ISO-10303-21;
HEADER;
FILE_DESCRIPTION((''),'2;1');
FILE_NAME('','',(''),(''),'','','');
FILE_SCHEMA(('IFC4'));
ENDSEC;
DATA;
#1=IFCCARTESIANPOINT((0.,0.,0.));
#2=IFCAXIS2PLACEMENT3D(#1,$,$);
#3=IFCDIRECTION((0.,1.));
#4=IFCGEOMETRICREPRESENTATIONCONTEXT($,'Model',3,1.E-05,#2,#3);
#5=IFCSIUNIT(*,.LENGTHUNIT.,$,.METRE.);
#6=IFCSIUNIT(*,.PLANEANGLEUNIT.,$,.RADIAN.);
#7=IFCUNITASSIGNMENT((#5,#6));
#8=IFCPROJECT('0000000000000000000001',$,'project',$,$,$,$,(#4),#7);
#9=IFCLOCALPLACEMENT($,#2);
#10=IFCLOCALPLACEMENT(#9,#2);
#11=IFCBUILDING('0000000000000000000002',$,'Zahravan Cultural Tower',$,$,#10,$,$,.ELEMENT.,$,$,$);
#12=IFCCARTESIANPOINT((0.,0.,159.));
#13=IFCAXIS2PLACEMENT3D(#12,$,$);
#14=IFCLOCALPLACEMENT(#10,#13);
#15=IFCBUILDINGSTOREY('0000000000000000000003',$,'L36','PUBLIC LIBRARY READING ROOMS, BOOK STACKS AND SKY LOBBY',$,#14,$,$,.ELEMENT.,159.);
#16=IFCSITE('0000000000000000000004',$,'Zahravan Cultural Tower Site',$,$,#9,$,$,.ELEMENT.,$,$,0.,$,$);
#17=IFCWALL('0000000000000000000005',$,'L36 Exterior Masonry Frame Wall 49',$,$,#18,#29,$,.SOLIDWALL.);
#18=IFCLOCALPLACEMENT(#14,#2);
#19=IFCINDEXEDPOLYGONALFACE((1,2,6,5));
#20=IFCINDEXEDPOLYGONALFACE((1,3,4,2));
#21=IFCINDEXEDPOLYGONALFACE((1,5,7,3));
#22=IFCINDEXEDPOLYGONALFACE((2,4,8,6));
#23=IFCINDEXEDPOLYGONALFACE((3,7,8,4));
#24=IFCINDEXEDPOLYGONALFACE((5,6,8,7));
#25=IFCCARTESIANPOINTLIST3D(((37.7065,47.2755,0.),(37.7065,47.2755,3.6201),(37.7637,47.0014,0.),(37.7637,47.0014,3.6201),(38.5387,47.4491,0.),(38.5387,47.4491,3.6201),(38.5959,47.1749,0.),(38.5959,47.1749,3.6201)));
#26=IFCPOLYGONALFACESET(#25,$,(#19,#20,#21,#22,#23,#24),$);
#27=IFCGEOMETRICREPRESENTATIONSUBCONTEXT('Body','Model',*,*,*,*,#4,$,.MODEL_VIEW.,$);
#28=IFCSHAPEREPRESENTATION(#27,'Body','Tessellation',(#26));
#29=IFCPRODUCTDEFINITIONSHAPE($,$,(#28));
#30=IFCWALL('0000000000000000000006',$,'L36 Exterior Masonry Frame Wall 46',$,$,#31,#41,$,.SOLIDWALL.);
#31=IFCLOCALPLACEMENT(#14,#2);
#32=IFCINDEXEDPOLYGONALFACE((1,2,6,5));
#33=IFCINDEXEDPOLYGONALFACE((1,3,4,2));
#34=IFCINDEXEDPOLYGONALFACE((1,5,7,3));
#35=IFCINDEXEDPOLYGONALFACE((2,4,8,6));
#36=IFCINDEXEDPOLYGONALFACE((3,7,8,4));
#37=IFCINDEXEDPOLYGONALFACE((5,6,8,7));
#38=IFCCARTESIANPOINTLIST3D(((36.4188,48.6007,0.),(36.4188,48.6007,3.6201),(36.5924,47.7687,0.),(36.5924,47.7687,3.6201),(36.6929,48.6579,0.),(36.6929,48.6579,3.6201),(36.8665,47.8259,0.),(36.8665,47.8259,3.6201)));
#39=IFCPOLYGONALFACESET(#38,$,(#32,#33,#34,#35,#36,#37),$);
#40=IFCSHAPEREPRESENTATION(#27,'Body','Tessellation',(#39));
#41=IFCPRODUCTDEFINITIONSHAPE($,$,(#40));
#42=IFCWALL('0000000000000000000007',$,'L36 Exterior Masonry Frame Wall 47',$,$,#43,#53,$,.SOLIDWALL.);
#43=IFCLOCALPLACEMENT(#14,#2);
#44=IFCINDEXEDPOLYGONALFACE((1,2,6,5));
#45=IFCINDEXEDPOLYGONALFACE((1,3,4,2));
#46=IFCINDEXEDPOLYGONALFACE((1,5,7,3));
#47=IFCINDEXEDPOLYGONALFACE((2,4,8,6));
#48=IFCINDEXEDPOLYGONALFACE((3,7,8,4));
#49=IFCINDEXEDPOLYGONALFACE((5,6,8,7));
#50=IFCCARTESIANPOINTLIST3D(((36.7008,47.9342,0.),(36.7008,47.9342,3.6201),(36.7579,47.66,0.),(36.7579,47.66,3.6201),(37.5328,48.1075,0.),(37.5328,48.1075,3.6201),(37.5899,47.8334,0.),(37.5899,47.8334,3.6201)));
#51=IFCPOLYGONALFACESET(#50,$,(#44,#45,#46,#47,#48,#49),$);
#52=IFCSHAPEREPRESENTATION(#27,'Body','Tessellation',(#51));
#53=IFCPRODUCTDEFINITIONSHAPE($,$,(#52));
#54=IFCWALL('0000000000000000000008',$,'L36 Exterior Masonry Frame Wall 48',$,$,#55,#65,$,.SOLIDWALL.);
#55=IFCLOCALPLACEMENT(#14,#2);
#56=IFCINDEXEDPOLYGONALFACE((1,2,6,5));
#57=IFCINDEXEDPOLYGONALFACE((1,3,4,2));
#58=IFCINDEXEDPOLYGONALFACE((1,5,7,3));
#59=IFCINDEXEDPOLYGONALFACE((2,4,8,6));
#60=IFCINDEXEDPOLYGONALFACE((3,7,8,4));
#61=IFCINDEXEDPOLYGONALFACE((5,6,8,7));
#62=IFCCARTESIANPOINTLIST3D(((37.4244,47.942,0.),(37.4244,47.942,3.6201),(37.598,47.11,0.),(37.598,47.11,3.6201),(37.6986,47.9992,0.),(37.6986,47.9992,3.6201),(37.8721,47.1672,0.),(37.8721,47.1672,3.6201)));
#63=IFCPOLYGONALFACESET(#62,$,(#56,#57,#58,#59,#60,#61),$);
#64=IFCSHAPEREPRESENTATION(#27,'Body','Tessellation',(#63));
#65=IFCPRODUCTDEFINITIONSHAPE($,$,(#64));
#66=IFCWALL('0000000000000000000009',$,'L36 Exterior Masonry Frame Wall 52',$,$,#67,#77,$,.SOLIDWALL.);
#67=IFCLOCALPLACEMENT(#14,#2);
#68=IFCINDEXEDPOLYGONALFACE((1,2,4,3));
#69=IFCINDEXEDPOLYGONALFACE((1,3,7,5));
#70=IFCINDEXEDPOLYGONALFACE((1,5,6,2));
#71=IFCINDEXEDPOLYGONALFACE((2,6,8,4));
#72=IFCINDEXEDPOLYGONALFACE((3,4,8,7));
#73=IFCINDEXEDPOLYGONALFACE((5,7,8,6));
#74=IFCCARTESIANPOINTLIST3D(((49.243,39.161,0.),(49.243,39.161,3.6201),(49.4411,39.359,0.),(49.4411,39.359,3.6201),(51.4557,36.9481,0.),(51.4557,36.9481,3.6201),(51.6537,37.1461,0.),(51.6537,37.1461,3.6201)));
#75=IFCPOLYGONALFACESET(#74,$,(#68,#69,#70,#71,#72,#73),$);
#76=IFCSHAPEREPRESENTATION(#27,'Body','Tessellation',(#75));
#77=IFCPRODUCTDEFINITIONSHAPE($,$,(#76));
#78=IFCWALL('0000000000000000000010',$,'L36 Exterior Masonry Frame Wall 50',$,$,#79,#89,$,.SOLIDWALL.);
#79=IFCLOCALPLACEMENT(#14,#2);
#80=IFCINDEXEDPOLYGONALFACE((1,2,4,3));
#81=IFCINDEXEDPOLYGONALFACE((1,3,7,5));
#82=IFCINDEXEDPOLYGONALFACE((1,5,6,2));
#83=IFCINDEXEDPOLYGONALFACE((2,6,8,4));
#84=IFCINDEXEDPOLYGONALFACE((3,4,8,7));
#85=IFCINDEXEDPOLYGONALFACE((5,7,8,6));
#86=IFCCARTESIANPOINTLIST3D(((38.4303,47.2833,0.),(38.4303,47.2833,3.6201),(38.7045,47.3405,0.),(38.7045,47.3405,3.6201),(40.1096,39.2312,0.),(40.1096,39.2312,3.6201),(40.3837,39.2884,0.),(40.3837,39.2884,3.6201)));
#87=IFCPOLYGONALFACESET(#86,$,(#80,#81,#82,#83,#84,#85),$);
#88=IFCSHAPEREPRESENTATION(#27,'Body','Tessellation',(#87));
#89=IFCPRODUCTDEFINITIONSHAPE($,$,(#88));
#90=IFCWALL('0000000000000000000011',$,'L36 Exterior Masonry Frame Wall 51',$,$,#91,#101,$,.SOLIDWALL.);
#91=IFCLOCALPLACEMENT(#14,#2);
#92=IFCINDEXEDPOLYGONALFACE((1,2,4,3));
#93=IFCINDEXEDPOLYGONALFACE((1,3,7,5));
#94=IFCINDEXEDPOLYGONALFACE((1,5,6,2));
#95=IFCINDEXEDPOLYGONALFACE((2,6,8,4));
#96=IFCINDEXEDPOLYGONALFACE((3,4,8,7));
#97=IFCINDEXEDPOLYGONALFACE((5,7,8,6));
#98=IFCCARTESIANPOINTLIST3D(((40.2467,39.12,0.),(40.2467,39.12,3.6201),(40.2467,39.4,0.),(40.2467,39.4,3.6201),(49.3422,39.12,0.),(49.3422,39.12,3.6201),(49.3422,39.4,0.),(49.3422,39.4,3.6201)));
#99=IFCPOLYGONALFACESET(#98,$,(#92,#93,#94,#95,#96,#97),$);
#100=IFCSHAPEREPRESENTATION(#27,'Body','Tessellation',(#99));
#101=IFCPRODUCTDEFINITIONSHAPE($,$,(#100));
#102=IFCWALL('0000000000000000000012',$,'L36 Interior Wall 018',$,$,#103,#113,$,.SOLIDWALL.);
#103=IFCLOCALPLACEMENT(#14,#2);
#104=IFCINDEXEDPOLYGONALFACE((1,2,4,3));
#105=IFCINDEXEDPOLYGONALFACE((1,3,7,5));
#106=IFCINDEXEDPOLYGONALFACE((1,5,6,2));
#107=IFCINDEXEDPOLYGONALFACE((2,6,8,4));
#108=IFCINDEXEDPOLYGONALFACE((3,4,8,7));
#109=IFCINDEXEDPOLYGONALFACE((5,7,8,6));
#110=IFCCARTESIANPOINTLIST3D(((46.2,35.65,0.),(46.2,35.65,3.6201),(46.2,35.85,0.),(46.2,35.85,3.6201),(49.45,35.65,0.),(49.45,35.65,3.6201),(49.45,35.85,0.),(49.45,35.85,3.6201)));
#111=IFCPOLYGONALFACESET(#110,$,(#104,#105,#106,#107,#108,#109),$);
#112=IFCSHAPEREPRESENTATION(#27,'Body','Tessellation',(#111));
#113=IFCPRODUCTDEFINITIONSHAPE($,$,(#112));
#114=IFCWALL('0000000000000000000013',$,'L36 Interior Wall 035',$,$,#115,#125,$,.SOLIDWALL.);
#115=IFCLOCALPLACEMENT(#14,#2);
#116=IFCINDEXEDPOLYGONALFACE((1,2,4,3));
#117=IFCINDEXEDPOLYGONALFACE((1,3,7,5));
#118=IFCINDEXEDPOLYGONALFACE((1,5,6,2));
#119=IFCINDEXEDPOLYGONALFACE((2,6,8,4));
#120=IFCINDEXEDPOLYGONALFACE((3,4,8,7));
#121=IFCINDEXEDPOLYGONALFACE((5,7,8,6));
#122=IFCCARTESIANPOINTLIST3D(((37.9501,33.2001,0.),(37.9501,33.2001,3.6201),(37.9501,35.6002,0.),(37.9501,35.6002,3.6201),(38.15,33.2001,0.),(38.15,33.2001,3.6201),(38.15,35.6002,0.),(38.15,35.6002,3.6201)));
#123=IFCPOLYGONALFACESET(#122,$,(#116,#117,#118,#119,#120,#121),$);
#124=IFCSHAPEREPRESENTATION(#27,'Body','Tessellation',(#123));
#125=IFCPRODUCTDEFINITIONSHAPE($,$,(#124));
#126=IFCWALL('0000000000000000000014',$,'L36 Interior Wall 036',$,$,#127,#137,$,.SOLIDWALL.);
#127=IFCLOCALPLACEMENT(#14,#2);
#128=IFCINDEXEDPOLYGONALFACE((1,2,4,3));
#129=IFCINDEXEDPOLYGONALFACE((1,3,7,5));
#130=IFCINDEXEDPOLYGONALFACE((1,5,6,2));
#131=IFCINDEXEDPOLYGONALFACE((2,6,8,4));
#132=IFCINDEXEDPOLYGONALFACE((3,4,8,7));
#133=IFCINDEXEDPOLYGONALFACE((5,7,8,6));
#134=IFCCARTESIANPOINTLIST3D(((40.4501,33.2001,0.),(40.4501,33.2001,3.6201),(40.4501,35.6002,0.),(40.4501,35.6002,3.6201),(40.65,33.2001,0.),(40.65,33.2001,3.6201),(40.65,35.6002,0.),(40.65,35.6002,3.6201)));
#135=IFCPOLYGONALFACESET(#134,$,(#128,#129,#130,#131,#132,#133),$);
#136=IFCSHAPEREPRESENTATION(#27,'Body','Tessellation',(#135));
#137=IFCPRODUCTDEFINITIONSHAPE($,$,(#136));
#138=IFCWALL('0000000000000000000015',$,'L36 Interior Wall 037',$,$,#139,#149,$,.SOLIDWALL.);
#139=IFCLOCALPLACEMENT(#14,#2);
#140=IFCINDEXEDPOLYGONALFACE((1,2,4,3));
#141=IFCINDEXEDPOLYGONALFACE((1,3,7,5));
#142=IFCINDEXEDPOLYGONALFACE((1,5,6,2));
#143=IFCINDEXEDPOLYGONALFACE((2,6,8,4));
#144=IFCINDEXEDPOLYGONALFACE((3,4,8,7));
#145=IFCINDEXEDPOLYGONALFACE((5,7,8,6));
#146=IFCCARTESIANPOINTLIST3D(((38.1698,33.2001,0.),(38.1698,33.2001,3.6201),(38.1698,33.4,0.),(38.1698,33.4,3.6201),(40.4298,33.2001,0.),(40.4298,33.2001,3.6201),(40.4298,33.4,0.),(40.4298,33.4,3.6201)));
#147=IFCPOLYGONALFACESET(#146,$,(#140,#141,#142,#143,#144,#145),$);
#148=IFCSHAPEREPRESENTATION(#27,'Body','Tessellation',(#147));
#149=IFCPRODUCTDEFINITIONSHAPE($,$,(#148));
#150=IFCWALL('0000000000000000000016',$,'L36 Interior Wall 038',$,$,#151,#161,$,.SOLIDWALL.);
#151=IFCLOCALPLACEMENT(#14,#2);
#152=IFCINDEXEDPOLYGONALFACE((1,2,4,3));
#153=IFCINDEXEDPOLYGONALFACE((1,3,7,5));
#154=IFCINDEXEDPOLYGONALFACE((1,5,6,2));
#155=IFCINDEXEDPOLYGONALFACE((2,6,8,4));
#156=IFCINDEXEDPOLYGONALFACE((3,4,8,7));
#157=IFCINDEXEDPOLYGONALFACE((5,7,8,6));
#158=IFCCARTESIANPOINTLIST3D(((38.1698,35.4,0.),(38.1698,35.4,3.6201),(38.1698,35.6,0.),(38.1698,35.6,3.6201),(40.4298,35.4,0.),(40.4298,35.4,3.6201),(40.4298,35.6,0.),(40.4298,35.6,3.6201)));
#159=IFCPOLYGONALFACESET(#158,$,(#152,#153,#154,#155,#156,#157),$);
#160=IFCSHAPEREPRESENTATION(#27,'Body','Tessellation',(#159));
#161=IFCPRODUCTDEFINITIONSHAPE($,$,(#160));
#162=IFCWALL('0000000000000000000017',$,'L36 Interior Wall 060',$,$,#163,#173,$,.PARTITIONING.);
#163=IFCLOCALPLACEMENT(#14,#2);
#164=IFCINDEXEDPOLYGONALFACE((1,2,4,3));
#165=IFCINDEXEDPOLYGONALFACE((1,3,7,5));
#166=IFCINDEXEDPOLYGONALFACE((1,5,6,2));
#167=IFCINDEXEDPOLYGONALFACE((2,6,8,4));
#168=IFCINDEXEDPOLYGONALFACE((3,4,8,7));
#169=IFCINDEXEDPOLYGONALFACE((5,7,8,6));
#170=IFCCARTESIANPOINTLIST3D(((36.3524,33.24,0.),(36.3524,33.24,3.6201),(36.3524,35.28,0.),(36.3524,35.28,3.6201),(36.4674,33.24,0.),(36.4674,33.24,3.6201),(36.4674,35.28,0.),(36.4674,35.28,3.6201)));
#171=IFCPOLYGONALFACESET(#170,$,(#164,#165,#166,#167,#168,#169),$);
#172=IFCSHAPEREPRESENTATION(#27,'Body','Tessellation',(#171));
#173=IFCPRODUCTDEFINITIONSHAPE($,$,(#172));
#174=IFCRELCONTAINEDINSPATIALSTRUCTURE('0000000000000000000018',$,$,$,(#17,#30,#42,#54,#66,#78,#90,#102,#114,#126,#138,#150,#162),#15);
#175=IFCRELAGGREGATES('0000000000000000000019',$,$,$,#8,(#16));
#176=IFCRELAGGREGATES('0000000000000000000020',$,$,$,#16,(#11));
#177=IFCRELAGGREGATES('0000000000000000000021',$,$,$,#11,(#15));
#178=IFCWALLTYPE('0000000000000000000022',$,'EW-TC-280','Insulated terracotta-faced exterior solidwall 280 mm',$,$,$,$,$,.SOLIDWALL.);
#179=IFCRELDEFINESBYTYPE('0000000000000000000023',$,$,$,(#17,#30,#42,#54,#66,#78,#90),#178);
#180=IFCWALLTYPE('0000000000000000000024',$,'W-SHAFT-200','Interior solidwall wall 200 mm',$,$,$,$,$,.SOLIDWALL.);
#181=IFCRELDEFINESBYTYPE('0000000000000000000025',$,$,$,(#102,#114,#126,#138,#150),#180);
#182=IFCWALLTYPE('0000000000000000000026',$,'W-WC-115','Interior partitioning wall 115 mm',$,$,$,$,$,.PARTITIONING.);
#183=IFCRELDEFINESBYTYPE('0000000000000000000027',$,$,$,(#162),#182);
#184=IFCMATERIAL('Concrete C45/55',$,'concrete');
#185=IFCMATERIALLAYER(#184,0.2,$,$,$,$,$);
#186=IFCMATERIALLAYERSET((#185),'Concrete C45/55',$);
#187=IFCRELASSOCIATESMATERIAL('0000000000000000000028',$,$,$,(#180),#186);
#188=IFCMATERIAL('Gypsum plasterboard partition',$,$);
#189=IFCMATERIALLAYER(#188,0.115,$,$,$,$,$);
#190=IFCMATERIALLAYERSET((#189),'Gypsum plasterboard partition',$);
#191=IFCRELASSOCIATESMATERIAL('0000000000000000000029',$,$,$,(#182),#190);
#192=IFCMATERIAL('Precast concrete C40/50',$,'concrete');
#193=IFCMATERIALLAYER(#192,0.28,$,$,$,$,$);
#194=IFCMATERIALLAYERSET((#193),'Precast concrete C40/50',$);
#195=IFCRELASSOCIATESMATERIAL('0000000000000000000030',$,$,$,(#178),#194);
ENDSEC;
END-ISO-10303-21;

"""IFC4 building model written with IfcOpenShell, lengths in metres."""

from ifc_helpers import new_model, si_unit, direction, frame, frame_2d, origin, place, context, subcontext, project, spatial, rectangle, extrude, source, transform, mapped, material, layer, layer_set, type_object, element, save


model = new_model("IFC4")

# Units and contexts
model_context = context("Model", 3, precision=1e-05, world=origin(), true_north=direction((0.0, 1.0)))
body_context = subcontext(model_context, "Body", "Model", "MODEL_VIEW")
ifc_project = project(units=[si_unit("LENGTHUNIT", "METRE"), si_unit("PLANEANGLEUNIT", "RADIAN")], contexts=[model_context])

# Site, building, storey
site_placement = place(None, origin())
site = spatial("IfcSite", under=ifc_project, at=site_placement, Name="Zahravan Cultural Tower Site", CompositionType="ELEMENT", RefElevation=0.0)
building_placement = place(site_placement, origin())
building = spatial("IfcBuilding", under=site, at=building_placement, Name="Zahravan Cultural Tower", CompositionType="ELEMENT")
storey_placement = place(building_placement, frame((0.0, 0.0, 159.0)))
storey = spatial("IfcBuildingStorey", under=building, at=storey_placement, Name="L36", Description="PUBLIC LIBRARY READING ROOMS, BOOK STACKS AND SKY LOBBY", CompositionType="ELEMENT", Elevation=159.0)

# Shared definitions
ifc_material_1 = material(Name="Gypsum plasterboard partition")
ifc_material_2 = material(Name="Concrete C45/55", Category="concrete")
ifc_layer_1 = layer(ifc_material_2, 0.2)
ifc_layer_set_1 = layer_set([ifc_layer_1], Name="Concrete C45/55")
wall_type_1 = type_object("IfcWallType", Name="W-SHAFT-200", Description="Interior solidwall wall 200 mm", PredefinedType="SOLIDWALL", material=ifc_layer_set_1)
ifc_layer_2 = layer(ifc_material_1, 0.115)
ifc_layer_set_2 = layer_set([ifc_layer_2], Name="Gypsum plasterboard partition")
wall_type_2 = type_object("IfcWallType", Name="W-WC-115", Description="Interior partitioning wall 115 mm", PredefinedType="PARTITIONING", material=ifc_layer_set_2)

# Walls
ifc_material_3 = material(Name="Precast concrete C40/50", Category="concrete")
ifc_layer_3 = layer(ifc_material_3, 0.28)
ifc_layer_set_3 = layer_set([ifc_layer_3], Name="Precast concrete C40/50")
wall_type_3 = type_object("IfcWallType", Name="EW-TC-280", Description="Insulated terracotta-faced exterior solidwall 280 mm", PredefinedType="SOLIDWALL", material=ifc_layer_set_3)
shared_shape_1 = source(origin(), body_context, "Body", "SweptSolid", [
    extrude(rectangle(XDim=0.8501, YDim=0.28, at=frame_2d((0.425, 0.0))), origin(), (0.0, 0.0, 1.0), 3.6201),
])
wall_1_placement = place(storey_placement, frame((37.7351, 47.1384, 0.0), z_axis=(0.0, 0.0, 1.0), x_axis=(0.978935, 0.204172, 0.0)))
element("IfcWall", 1, at=wall_1_placement, inside=storey, type_object=wall_type_3, Name="L36 Exterior Masonry Frame Wall 49", PredefinedType="SOLIDWALL", context=body_context, shape_type="MappedRepresentation", body=[
    mapped(shared_shape_1, transform((0.0, 0.0, 0.0), x_axis=(1.0, 0.0, 0.0), y_axis=(0.0, 1.0, 0.0), z_axis=(0.0, 0.0, 1.0), scale=1.0)),
])
shared_shape_2 = source(origin(), body_context, "Body", "SweptSolid", [
    extrude(rectangle(XDim=0.8499, YDim=0.28, at=frame_2d((0.4248, 0.0))), origin(), (0.0, 0.0, 1.0), 3.6201),
])
for number, where, z_axis, x_axis, name in (
    (2, (36.5559, 48.6292, 0.0), (0.0, 0.0, 1.0), (0.20423, -0.978923, 0.0), "L36 Exterior Masonry Frame Wall 46"),
    (3, (36.7295, 47.7971, 0.0), (0.0, 0.0, 1.0), (0.97898, 0.203954, 0.0), "L36 Exterior Masonry Frame Wall 47"),
    (4, (37.5615, 47.9705, 0.0), (0.0, 0.0, 1.0), (0.20423, -0.978923, 0.0), "L36 Exterior Masonry Frame Wall 48"),
):
    element("IfcWall", number, at=place(storey_placement, frame(where, z_axis=z_axis, x_axis=x_axis)), inside=storey, type_object=wall_type_3, Name=name, PredefinedType="SOLIDWALL", context=body_context, shape_type="MappedRepresentation", body=[
        mapped(shared_shape_2, transform((0.0, 0.0, 0.0), x_axis=(1.0, 0.0, 0.0), y_axis=(0.0, 1.0, 0.0), z_axis=(0.0, 0.0, 1.0), scale=1.0)),
    ])
shared_shape_3 = source(origin(), body_context, "Body", "SweptSolid", [
    extrude(rectangle(XDim=3.1294, YDim=0.28, at=frame_2d((1.5647, 0.0))), origin(), (0.0, 0.0, 1.0), 3.6201),
])
wall_2_placement = place(storey_placement, frame((49.342, 39.26, 0.0), z_axis=(0.0, 0.0, 1.0), x_axis=(0.707068, -0.707146, 0.0)))
element("IfcWall", 5, at=wall_2_placement, inside=storey, type_object=wall_type_3, Name="L36 Exterior Masonry Frame Wall 52", PredefinedType="SOLIDWALL", context=body_context, shape_type="MappedRepresentation", body=[
    mapped(shared_shape_3, transform((0.0, 0.0, 0.0), x_axis=(1.0, 0.0, 0.0), y_axis=(0.0, 1.0, 0.0), z_axis=(0.0, 0.0, 1.0), scale=1.0)),
])
shared_shape_4 = source(origin(), body_context, "Body", "SweptSolid", [
    extrude(rectangle(XDim=8.2253, YDim=0.28, at=frame_2d((4.1128, 0.0))), origin(), (0.0, 0.0, 1.0), 3.6201),
])
wall_3_placement = place(storey_placement, frame((38.5674, 47.312, 0.0), z_axis=(0.0, 0.0, 1.0), x_axis=(0.204152, -0.978939, 0.0)))
element("IfcWall", 6, at=wall_3_placement, inside=storey, type_object=wall_type_3, Name="L36 Exterior Masonry Frame Wall 50", PredefinedType="SOLIDWALL", context=body_context, shape_type="MappedRepresentation", body=[
    mapped(shared_shape_4, transform((0.0, 0.0, 0.0), x_axis=(1.0, 0.0, 0.0), y_axis=(0.0, 1.0, 0.0), z_axis=(0.0, 0.0, 1.0), scale=1.0)),
])
shared_shape_5 = source(origin(), body_context, "Body", "SweptSolid", [
    extrude(rectangle(XDim=9.0955, YDim=0.28, at=frame_2d((4.5479, 0.0))), origin(), (0.0, 0.0, 1.0), 3.6201),
])
wall_4_placement = place(storey_placement, frame((40.2466, 39.26, 0.0), z_axis=(0.0, 0.0, 1.0), x_axis=(1.0, 0.0, 0.0)))
element("IfcWall", 7, at=wall_4_placement, inside=storey, type_object=wall_type_3, Name="L36 Exterior Masonry Frame Wall 51", PredefinedType="SOLIDWALL", context=body_context, shape_type="MappedRepresentation", body=[
    mapped(shared_shape_5, transform((0.0, 0.0, 0.0), x_axis=(1.0, 0.0, 0.0), y_axis=(0.0, 1.0, 0.0), z_axis=(0.0, 0.0, 1.0), scale=1.0)),
])
shared_shape_6 = source(origin(), body_context, "Body", "SweptSolid", [
    extrude(rectangle(XDim=3.25, YDim=0.2, at=frame_2d((1.625, 0.0))), origin(), (0.0, 0.0, 1.0), 3.6201),
])
wall_5_placement = place(storey_placement, frame((46.2, 35.75, 0.0), z_axis=(0.0, 0.0, 1.0), x_axis=(1.0, 0.0, 0.0)))
element("IfcWall", 8, at=wall_5_placement, inside=storey, type_object=wall_type_1, Name="L36 Interior Wall 018", PredefinedType="SOLIDWALL", context=body_context, shape_type="MappedRepresentation", body=[
    mapped(shared_shape_6, transform((0.0, 0.0, 0.0), x_axis=(1.0, 0.0, 0.0), y_axis=(0.0, 1.0, 0.0), z_axis=(0.0, 0.0, 1.0), scale=1.0)),
])
shared_shape_7 = source(origin(), body_context, "Body", "SweptSolid", [
    extrude(rectangle(XDim=2.4001, YDim=0.2, at=frame_2d((1.2002, 0.0))), origin(), (0.0, 0.0, 1.0), 3.6201),
])
for number, where, z_axis, x_axis, name in (
    (9, (38.05, 33.2, 0.0), (0.0, 0.0, 1.0), (0.0, 1.0, 0.0), "L36 Interior Wall 035"),
    (10, (40.55, 33.2, 0.0), (0.0, 0.0, 1.0), (0.0, 1.0, 0.0), "L36 Interior Wall 036"),
):
    element("IfcWall", number, at=place(storey_placement, frame(where, z_axis=z_axis, x_axis=x_axis)), inside=storey, type_object=wall_type_1, Name=name, PredefinedType="SOLIDWALL", context=body_context, shape_type="MappedRepresentation", body=[
        mapped(shared_shape_7, transform((0.0, 0.0, 0.0), x_axis=(1.0, 0.0, 0.0), y_axis=(0.0, 1.0, 0.0), z_axis=(0.0, 0.0, 1.0), scale=1.0)),
    ])
shared_shape_8 = source(origin(), body_context, "Body", "SweptSolid", [
    extrude(rectangle(XDim=2.26, YDim=0.2, at=frame_2d((1.1299, 0.0))), origin(), (0.0, 0.0, 1.0), 3.6201),
])
for number, where, z_axis, x_axis, name in (
    (11, (38.1699, 33.3, 0.0), (0.0, 0.0, 1.0), (1.0, 0.0, 0.0), "L36 Interior Wall 037"),
    (12, (38.1699, 35.5, 0.0), (0.0, 0.0, 1.0), (1.0, 0.0, 0.0), "L36 Interior Wall 038"),
):
    element("IfcWall", number, at=place(storey_placement, frame(where, z_axis=z_axis, x_axis=x_axis)), inside=storey, type_object=wall_type_1, Name=name, PredefinedType="SOLIDWALL", context=body_context, shape_type="MappedRepresentation", body=[
        mapped(shared_shape_8, transform((0.0, 0.0, 0.0), x_axis=(1.0, 0.0, 0.0), y_axis=(0.0, 1.0, 0.0), z_axis=(0.0, 0.0, 1.0), scale=1.0)),
    ])
shared_shape_9 = source(origin(), body_context, "Body", "SweptSolid", [
    extrude(rectangle(XDim=2.04, YDim=0.115, at=frame_2d((1.02, 0.0))), origin(), (0.0, 0.0, 1.0), 3.6201),
])
wall_6_placement = place(storey_placement, frame((36.4099, 35.28, 0.0), z_axis=(0.0, 0.0, 1.0), x_axis=(0.0, -1.0, 0.0)))
element("IfcWall", 13, at=wall_6_placement, inside=storey, type_object=wall_type_2, Name="L36 Interior Wall 060", PredefinedType="PARTITIONING", context=body_context, shape_type="MappedRepresentation", body=[
    mapped(shared_shape_9, transform((0.0, 0.0, 0.0), x_axis=(1.0, 0.0, 0.0), y_axis=(0.0, 1.0, 0.0), z_axis=(0.0, 0.0, 1.0), scale=1.0)),
])

save(model, "model.ifc")
